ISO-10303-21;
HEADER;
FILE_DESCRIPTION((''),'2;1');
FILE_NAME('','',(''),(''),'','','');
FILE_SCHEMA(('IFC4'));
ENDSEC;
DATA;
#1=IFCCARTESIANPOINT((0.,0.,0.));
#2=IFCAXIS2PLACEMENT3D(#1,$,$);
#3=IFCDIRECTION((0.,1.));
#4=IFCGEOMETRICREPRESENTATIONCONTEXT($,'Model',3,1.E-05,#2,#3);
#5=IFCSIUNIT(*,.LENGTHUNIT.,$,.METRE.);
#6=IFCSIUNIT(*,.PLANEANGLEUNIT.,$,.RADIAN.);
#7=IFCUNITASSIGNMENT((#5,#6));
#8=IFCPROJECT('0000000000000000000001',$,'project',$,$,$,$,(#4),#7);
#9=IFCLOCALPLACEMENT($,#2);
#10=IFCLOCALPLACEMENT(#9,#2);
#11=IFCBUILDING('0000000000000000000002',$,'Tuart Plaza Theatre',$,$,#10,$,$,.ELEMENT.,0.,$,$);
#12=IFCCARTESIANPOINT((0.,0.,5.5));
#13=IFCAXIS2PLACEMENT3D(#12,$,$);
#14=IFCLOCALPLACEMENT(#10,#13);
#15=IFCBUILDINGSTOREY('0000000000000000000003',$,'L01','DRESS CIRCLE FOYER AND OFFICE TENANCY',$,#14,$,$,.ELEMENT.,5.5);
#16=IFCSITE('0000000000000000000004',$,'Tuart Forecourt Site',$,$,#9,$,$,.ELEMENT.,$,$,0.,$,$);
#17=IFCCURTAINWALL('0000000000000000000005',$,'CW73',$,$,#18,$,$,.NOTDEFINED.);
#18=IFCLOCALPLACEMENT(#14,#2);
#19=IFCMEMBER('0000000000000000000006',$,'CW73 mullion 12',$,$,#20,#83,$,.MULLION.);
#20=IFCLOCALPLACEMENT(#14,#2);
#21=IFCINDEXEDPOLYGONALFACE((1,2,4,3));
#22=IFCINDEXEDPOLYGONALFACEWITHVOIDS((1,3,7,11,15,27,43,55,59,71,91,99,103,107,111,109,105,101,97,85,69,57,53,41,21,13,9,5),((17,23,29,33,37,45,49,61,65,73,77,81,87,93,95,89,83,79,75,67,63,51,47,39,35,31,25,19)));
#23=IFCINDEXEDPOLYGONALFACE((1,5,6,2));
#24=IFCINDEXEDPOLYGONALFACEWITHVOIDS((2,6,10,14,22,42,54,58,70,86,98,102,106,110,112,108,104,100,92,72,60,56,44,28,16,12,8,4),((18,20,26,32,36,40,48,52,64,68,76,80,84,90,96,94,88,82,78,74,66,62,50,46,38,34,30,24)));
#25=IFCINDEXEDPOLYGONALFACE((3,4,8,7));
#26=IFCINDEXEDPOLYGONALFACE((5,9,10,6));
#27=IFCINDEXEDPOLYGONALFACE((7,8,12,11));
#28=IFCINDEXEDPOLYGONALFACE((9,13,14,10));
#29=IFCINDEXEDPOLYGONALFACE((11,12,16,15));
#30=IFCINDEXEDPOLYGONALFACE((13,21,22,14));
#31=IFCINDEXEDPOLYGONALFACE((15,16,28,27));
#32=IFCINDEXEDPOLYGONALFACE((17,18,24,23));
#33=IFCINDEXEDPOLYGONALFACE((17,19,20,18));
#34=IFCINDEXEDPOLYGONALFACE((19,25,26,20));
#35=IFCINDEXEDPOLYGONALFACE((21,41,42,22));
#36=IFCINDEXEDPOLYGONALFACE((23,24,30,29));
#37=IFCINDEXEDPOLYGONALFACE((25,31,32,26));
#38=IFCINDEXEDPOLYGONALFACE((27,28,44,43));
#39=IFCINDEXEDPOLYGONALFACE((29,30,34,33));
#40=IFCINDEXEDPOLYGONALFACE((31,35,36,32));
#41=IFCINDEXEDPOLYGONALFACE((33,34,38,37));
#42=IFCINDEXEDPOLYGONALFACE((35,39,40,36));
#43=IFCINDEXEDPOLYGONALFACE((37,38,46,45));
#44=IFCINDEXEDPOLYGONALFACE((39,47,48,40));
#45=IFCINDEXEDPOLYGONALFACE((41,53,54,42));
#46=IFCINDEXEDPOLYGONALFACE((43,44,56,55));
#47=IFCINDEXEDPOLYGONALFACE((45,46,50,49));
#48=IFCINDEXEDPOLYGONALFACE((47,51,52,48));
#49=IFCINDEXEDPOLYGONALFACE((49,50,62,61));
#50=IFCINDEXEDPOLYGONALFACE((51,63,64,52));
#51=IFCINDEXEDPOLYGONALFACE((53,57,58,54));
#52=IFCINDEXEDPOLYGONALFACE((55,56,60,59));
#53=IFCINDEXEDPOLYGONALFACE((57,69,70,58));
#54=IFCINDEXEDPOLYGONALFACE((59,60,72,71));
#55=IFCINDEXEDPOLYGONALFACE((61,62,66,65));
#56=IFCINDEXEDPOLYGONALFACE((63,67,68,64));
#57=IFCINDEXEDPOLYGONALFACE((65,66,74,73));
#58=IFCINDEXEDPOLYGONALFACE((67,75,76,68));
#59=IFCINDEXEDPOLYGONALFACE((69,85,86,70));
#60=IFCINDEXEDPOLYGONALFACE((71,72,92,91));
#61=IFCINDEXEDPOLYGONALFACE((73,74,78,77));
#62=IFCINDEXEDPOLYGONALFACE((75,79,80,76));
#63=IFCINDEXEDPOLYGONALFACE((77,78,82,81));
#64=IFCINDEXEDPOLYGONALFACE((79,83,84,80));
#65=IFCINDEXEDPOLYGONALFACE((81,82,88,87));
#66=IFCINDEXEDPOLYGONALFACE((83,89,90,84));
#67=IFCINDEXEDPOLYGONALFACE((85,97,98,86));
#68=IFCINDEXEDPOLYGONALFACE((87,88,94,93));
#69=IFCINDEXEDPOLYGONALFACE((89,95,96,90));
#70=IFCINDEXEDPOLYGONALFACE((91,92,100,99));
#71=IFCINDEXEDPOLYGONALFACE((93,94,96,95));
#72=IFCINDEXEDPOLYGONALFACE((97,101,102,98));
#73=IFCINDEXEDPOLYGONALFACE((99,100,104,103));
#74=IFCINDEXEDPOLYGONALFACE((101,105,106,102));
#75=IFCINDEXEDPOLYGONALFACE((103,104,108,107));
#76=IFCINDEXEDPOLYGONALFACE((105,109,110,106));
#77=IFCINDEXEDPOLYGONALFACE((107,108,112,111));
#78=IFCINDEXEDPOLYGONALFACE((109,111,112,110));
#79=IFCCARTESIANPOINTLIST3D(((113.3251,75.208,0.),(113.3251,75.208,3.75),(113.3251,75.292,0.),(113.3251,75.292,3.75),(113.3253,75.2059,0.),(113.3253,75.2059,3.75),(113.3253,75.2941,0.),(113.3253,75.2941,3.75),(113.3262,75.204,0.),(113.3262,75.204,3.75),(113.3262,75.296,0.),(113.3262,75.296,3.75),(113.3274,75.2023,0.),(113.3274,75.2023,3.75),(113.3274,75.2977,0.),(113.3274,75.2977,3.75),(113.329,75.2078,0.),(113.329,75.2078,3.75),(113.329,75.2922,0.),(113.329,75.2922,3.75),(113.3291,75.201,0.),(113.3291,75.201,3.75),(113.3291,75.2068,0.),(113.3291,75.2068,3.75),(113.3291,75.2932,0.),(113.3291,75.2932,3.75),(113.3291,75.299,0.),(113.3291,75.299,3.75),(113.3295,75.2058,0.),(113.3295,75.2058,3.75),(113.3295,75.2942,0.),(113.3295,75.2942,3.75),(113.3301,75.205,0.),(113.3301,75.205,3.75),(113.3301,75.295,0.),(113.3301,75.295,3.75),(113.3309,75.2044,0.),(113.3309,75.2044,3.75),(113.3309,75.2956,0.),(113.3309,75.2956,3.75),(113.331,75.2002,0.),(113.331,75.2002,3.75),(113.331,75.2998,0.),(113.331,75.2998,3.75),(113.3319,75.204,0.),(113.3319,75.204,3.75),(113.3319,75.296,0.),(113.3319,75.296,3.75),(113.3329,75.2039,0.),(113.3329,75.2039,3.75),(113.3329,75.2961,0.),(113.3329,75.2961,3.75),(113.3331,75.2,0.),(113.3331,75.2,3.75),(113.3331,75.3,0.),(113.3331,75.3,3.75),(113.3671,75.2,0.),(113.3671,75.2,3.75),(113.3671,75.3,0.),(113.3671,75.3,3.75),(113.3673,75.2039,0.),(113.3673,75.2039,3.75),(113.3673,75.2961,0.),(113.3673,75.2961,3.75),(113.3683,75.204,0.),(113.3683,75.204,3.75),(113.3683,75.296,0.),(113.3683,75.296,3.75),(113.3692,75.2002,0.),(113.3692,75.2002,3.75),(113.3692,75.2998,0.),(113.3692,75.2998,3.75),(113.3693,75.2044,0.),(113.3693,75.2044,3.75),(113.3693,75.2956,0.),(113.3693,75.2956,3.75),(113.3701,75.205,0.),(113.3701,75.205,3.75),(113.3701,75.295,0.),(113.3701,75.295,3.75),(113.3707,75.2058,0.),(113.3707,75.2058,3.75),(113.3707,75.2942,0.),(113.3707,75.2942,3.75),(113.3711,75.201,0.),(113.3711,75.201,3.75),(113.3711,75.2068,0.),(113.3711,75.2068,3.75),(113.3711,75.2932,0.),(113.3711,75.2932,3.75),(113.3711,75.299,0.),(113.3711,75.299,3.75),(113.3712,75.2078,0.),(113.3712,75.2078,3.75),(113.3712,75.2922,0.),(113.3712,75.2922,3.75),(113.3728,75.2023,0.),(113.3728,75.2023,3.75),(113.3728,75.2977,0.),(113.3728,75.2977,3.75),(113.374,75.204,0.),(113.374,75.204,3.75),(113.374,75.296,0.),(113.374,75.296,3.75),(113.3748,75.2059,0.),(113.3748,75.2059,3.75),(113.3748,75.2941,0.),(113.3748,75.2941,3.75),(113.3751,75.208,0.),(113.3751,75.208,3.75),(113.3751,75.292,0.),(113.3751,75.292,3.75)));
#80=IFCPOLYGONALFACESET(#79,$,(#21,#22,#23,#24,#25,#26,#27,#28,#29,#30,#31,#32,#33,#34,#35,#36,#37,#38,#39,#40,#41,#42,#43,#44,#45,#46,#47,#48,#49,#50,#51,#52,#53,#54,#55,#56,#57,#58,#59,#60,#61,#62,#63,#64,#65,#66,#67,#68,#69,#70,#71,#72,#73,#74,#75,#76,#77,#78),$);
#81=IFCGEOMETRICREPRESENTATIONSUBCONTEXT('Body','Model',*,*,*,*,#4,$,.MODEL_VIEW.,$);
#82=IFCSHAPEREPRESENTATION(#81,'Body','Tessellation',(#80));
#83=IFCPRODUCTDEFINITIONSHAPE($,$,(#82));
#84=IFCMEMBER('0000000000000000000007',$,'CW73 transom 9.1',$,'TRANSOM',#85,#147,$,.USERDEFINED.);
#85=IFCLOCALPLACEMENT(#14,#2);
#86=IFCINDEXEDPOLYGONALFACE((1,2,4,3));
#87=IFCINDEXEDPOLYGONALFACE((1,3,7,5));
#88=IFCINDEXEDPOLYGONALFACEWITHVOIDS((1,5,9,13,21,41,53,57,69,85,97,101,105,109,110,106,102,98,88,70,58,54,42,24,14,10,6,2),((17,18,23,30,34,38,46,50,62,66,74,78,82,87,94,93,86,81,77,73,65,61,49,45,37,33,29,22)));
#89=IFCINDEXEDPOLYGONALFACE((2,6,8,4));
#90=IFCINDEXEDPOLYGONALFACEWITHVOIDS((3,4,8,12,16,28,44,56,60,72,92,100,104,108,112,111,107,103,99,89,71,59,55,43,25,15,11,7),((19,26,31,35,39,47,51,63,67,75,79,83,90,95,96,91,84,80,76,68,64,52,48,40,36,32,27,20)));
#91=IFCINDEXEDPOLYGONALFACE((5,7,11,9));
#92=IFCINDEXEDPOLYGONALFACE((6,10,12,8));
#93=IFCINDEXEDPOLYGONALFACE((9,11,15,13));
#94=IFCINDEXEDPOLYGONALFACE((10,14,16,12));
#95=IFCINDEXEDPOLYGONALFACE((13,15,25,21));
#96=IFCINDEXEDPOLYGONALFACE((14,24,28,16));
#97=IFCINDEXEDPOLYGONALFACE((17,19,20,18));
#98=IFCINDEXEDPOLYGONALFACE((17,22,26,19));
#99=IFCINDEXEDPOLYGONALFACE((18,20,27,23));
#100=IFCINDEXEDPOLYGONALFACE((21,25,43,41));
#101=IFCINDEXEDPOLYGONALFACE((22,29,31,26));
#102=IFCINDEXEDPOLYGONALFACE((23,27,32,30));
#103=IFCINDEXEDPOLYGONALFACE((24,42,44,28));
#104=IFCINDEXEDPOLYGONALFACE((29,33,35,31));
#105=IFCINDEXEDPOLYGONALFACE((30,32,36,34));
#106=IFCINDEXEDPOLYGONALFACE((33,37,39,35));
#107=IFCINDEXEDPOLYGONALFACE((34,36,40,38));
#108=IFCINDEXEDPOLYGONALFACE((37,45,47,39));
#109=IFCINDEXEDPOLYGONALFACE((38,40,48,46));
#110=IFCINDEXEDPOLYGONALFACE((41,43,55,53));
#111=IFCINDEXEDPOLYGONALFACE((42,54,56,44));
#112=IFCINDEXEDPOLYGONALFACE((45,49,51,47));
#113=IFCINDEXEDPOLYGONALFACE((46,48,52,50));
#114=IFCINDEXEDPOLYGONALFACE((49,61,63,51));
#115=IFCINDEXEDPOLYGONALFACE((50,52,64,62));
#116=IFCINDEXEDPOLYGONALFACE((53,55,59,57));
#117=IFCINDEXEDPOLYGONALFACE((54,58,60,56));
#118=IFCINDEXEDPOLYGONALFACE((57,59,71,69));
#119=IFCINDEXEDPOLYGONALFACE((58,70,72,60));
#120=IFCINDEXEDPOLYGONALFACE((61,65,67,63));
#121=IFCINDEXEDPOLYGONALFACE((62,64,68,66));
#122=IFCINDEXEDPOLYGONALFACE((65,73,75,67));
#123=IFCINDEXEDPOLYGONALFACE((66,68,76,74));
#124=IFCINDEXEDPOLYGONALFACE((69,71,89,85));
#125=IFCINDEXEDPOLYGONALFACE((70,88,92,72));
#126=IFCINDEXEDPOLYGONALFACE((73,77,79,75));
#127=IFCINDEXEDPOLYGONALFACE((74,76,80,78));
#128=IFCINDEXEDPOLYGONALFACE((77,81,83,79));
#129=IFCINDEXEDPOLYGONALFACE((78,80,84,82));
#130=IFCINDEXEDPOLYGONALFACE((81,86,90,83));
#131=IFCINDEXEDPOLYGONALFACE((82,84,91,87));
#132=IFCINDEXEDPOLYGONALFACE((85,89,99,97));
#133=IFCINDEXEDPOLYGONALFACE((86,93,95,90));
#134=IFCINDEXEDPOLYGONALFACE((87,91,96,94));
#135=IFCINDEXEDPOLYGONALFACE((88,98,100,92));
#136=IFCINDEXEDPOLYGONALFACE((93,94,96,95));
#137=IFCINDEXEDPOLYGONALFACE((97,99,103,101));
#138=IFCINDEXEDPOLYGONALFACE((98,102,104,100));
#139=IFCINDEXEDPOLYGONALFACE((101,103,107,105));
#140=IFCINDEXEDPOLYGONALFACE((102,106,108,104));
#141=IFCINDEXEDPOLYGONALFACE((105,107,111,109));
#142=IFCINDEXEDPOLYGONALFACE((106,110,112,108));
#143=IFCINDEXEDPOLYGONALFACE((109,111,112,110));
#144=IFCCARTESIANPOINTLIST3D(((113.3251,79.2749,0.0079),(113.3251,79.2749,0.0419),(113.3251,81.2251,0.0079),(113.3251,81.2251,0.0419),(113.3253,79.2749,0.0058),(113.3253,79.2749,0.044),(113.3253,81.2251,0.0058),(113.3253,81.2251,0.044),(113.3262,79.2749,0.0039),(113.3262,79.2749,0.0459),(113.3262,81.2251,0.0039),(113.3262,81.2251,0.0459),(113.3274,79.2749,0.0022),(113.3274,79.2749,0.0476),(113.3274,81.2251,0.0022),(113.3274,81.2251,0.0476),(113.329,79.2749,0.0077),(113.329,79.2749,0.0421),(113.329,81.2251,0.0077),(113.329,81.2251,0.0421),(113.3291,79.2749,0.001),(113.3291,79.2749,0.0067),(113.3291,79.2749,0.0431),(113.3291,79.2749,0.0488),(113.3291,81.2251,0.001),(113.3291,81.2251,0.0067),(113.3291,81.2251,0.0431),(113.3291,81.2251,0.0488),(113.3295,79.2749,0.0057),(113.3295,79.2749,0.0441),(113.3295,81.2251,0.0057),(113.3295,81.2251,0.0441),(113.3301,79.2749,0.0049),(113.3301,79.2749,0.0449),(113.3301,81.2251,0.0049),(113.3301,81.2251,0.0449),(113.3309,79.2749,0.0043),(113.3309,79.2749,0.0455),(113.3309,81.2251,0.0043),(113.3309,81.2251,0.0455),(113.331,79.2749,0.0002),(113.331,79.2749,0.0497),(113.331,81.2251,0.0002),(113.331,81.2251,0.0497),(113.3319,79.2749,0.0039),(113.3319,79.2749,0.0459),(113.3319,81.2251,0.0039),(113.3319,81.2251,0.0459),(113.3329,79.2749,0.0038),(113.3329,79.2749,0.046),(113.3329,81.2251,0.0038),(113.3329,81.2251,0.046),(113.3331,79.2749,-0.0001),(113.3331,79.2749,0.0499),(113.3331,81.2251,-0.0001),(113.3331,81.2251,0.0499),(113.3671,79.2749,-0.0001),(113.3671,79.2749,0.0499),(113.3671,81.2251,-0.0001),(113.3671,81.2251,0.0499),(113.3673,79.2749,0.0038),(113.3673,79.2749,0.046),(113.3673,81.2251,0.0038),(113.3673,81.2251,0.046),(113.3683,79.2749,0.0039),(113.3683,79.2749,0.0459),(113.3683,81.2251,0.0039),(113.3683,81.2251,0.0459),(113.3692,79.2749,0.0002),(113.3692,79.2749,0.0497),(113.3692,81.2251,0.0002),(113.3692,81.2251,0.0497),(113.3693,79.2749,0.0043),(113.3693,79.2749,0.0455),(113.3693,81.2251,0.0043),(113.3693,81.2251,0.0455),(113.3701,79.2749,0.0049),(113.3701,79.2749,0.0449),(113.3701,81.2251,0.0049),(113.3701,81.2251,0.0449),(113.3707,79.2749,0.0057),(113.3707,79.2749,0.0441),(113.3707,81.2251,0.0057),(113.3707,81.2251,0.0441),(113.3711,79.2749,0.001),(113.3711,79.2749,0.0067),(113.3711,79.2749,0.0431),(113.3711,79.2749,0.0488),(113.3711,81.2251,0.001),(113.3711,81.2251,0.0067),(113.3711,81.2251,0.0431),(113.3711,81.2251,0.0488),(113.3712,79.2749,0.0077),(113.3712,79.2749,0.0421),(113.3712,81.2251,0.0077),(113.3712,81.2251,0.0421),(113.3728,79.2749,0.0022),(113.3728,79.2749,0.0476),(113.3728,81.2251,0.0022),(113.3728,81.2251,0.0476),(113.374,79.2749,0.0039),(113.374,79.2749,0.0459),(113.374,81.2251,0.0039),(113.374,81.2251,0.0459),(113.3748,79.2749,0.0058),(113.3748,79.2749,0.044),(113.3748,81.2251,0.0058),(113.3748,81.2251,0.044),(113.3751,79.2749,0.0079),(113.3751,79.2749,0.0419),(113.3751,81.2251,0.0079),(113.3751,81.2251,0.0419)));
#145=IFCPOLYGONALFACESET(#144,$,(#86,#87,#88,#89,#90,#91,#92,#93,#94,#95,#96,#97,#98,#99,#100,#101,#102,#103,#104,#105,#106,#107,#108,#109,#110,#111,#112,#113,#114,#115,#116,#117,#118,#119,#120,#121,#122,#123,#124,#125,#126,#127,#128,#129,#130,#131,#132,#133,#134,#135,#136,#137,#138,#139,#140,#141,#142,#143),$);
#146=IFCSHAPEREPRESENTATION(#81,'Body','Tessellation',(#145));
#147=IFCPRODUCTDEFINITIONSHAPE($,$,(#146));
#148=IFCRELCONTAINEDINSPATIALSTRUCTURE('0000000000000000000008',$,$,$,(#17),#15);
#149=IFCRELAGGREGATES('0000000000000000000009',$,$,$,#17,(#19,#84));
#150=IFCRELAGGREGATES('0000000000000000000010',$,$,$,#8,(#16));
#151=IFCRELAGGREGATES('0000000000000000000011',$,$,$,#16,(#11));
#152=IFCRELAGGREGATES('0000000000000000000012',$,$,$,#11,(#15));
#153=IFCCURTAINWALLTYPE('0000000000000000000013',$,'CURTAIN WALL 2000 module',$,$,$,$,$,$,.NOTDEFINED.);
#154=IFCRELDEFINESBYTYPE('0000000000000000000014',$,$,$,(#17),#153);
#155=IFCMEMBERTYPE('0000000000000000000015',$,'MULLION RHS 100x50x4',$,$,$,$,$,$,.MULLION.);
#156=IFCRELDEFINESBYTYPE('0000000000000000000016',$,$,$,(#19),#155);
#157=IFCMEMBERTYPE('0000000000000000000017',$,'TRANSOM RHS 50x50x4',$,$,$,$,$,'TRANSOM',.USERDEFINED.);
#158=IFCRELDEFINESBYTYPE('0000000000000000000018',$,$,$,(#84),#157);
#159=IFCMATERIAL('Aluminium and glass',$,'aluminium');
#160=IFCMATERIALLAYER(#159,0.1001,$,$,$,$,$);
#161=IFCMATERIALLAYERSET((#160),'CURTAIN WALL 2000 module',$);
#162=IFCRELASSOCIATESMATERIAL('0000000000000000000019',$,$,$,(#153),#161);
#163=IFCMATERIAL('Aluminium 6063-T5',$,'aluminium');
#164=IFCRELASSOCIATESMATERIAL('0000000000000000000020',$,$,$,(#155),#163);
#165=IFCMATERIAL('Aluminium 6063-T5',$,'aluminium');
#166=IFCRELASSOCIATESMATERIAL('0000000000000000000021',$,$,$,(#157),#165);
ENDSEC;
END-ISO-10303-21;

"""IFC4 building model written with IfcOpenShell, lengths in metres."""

from ifc_helpers import new_model, si_unit, direction, frame, origin, origin_2d, place, context, subcontext, project, spatial, hollow_rectangle, extrude, material, layer, layer_set, material_profile, profile_set, type_object, element, aggregate, save


model = new_model("IFC4")

# Units and contexts
model_context = context("Model", 3, precision=1e-05, world=origin(), true_north=direction((0.0, 1.0)))
body_context = subcontext(model_context, "Body", "Model", "MODEL_VIEW")
ifc_project = project(units=[si_unit("LENGTHUNIT", "METRE"), si_unit("PLANEANGLEUNIT", "RADIAN")], contexts=[model_context])

# Site, building, storey
site_placement = place(None, origin())
site = spatial("IfcSite", under=ifc_project, at=site_placement, Name="Tuart Forecourt Site", CompositionType="ELEMENT", RefElevation=0.0)
building_placement = place(site_placement, origin())
building = spatial("IfcBuilding", under=site, at=building_placement, Name="Tuart Plaza Theatre", CompositionType="ELEMENT", ElevationOfRefHeight=0.0)
storey_placement = place(building_placement, frame((0.0, 0.0, 5.5)))
storey = spatial("IfcBuildingStorey", under=building, at=storey_placement, Name="L01", Description="DRESS CIRCLE FOYER AND OFFICE TENANCY", CompositionType="ELEMENT", Elevation=5.5)

# Curtain wall, members
ifc_material_1 = material(Name="Aluminium and glass", Category="aluminium")
ifc_layer_1 = layer(ifc_material_1, 0.1001)
ifc_layer_set_1 = layer_set([ifc_layer_1], Name="CURTAIN WALL 2000 module")
curtain_wall_type = type_object("IfcCurtainWallType", Name="CURTAIN WALL 2000 module", PredefinedType="NOTDEFINED", material=ifc_layer_set_1)
curtain_wall_placement = place(storey_placement, origin())
curtain_wall = element("IfcCurtainWall", 1, at=curtain_wall_placement, inside=storey, type_object=curtain_wall_type, Name="CW73", PredefinedType="NOTDEFINED")
ifc_material_2 = material(Name="Aluminium 6063-T5", Category="aluminium")
ifc_material_profile_1 = material_profile(ifc_material_2, hollow_rectangle(XDim=0.05, YDim=0.1001, WallThickness=0.0039, InnerFilletRadius=0.0039, OuterFilletRadius=0.0081, at=origin_2d()), Name="RHS 100x50x4")
ifc_profile_set_1 = profile_set([ifc_material_profile_1], Name="Aluminium 6063-T5")
member_type_1 = type_object("IfcMemberType", Name="MULLION RHS 100x50x4", PredefinedType="MULLION", material=ifc_profile_set_1)
member_1_placement = place(storey_placement, frame((113.3501, 75.25, 0.0), z_axis=(0.0, 0.0, 1.0), x_axis=(1.0, 0.0, 0.0)))
member_1 = element("IfcMember", 2, at=member_1_placement, type_object=member_type_1, Name="CW73 mullion 12", PredefinedType="MULLION", context=body_context, shape_type="SweptSolid", body=[
    extrude(hollow_rectangle(XDim=0.05, YDim=0.1001, WallThickness=0.0039, InnerFilletRadius=0.0039, OuterFilletRadius=0.0081, at=origin_2d()), origin(), (0.0, 0.0, 1.0), 3.75),
])
ifc_material_3 = material(Name="Aluminium 6063-T5", Category="aluminium")
ifc_material_profile_2 = material_profile(ifc_material_3, hollow_rectangle(XDim=0.05, YDim=0.05, WallThickness=0.0039, InnerFilletRadius=0.0039, OuterFilletRadius=0.0081, at=origin_2d()), Name="RHS 50x50x4")
ifc_profile_set_2 = profile_set([ifc_material_profile_2], Name="Aluminium 6063-T5")
member_type_2 = type_object("IfcMemberType", Name="TRANSOM RHS 50x50x4", ElementType="TRANSOM", PredefinedType="USERDEFINED", material=ifc_profile_set_2)
member_2_placement = place(storey_placement, frame((113.3501, 81.2251, 0.0249), z_axis=(0.0, -1.0, 0.0), x_axis=(1.0, 0.0, 0.0)))
member_2 = element("IfcMember", 3, at=member_2_placement, type_object=member_type_2, Name="CW73 transom 9.1", ObjectType="TRANSOM", PredefinedType="USERDEFINED", context=body_context, shape_type="SweptSolid", body=[
    extrude(hollow_rectangle(XDim=0.05, YDim=0.05, WallThickness=0.0039, InnerFilletRadius=0.0039, OuterFilletRadius=0.0081, at=origin_2d()), origin(), (0.0, 0.0, 1.0), 1.9502),
])
aggregate(curtain_wall, [member_1, member_2])

save(model, "model.ifc")
